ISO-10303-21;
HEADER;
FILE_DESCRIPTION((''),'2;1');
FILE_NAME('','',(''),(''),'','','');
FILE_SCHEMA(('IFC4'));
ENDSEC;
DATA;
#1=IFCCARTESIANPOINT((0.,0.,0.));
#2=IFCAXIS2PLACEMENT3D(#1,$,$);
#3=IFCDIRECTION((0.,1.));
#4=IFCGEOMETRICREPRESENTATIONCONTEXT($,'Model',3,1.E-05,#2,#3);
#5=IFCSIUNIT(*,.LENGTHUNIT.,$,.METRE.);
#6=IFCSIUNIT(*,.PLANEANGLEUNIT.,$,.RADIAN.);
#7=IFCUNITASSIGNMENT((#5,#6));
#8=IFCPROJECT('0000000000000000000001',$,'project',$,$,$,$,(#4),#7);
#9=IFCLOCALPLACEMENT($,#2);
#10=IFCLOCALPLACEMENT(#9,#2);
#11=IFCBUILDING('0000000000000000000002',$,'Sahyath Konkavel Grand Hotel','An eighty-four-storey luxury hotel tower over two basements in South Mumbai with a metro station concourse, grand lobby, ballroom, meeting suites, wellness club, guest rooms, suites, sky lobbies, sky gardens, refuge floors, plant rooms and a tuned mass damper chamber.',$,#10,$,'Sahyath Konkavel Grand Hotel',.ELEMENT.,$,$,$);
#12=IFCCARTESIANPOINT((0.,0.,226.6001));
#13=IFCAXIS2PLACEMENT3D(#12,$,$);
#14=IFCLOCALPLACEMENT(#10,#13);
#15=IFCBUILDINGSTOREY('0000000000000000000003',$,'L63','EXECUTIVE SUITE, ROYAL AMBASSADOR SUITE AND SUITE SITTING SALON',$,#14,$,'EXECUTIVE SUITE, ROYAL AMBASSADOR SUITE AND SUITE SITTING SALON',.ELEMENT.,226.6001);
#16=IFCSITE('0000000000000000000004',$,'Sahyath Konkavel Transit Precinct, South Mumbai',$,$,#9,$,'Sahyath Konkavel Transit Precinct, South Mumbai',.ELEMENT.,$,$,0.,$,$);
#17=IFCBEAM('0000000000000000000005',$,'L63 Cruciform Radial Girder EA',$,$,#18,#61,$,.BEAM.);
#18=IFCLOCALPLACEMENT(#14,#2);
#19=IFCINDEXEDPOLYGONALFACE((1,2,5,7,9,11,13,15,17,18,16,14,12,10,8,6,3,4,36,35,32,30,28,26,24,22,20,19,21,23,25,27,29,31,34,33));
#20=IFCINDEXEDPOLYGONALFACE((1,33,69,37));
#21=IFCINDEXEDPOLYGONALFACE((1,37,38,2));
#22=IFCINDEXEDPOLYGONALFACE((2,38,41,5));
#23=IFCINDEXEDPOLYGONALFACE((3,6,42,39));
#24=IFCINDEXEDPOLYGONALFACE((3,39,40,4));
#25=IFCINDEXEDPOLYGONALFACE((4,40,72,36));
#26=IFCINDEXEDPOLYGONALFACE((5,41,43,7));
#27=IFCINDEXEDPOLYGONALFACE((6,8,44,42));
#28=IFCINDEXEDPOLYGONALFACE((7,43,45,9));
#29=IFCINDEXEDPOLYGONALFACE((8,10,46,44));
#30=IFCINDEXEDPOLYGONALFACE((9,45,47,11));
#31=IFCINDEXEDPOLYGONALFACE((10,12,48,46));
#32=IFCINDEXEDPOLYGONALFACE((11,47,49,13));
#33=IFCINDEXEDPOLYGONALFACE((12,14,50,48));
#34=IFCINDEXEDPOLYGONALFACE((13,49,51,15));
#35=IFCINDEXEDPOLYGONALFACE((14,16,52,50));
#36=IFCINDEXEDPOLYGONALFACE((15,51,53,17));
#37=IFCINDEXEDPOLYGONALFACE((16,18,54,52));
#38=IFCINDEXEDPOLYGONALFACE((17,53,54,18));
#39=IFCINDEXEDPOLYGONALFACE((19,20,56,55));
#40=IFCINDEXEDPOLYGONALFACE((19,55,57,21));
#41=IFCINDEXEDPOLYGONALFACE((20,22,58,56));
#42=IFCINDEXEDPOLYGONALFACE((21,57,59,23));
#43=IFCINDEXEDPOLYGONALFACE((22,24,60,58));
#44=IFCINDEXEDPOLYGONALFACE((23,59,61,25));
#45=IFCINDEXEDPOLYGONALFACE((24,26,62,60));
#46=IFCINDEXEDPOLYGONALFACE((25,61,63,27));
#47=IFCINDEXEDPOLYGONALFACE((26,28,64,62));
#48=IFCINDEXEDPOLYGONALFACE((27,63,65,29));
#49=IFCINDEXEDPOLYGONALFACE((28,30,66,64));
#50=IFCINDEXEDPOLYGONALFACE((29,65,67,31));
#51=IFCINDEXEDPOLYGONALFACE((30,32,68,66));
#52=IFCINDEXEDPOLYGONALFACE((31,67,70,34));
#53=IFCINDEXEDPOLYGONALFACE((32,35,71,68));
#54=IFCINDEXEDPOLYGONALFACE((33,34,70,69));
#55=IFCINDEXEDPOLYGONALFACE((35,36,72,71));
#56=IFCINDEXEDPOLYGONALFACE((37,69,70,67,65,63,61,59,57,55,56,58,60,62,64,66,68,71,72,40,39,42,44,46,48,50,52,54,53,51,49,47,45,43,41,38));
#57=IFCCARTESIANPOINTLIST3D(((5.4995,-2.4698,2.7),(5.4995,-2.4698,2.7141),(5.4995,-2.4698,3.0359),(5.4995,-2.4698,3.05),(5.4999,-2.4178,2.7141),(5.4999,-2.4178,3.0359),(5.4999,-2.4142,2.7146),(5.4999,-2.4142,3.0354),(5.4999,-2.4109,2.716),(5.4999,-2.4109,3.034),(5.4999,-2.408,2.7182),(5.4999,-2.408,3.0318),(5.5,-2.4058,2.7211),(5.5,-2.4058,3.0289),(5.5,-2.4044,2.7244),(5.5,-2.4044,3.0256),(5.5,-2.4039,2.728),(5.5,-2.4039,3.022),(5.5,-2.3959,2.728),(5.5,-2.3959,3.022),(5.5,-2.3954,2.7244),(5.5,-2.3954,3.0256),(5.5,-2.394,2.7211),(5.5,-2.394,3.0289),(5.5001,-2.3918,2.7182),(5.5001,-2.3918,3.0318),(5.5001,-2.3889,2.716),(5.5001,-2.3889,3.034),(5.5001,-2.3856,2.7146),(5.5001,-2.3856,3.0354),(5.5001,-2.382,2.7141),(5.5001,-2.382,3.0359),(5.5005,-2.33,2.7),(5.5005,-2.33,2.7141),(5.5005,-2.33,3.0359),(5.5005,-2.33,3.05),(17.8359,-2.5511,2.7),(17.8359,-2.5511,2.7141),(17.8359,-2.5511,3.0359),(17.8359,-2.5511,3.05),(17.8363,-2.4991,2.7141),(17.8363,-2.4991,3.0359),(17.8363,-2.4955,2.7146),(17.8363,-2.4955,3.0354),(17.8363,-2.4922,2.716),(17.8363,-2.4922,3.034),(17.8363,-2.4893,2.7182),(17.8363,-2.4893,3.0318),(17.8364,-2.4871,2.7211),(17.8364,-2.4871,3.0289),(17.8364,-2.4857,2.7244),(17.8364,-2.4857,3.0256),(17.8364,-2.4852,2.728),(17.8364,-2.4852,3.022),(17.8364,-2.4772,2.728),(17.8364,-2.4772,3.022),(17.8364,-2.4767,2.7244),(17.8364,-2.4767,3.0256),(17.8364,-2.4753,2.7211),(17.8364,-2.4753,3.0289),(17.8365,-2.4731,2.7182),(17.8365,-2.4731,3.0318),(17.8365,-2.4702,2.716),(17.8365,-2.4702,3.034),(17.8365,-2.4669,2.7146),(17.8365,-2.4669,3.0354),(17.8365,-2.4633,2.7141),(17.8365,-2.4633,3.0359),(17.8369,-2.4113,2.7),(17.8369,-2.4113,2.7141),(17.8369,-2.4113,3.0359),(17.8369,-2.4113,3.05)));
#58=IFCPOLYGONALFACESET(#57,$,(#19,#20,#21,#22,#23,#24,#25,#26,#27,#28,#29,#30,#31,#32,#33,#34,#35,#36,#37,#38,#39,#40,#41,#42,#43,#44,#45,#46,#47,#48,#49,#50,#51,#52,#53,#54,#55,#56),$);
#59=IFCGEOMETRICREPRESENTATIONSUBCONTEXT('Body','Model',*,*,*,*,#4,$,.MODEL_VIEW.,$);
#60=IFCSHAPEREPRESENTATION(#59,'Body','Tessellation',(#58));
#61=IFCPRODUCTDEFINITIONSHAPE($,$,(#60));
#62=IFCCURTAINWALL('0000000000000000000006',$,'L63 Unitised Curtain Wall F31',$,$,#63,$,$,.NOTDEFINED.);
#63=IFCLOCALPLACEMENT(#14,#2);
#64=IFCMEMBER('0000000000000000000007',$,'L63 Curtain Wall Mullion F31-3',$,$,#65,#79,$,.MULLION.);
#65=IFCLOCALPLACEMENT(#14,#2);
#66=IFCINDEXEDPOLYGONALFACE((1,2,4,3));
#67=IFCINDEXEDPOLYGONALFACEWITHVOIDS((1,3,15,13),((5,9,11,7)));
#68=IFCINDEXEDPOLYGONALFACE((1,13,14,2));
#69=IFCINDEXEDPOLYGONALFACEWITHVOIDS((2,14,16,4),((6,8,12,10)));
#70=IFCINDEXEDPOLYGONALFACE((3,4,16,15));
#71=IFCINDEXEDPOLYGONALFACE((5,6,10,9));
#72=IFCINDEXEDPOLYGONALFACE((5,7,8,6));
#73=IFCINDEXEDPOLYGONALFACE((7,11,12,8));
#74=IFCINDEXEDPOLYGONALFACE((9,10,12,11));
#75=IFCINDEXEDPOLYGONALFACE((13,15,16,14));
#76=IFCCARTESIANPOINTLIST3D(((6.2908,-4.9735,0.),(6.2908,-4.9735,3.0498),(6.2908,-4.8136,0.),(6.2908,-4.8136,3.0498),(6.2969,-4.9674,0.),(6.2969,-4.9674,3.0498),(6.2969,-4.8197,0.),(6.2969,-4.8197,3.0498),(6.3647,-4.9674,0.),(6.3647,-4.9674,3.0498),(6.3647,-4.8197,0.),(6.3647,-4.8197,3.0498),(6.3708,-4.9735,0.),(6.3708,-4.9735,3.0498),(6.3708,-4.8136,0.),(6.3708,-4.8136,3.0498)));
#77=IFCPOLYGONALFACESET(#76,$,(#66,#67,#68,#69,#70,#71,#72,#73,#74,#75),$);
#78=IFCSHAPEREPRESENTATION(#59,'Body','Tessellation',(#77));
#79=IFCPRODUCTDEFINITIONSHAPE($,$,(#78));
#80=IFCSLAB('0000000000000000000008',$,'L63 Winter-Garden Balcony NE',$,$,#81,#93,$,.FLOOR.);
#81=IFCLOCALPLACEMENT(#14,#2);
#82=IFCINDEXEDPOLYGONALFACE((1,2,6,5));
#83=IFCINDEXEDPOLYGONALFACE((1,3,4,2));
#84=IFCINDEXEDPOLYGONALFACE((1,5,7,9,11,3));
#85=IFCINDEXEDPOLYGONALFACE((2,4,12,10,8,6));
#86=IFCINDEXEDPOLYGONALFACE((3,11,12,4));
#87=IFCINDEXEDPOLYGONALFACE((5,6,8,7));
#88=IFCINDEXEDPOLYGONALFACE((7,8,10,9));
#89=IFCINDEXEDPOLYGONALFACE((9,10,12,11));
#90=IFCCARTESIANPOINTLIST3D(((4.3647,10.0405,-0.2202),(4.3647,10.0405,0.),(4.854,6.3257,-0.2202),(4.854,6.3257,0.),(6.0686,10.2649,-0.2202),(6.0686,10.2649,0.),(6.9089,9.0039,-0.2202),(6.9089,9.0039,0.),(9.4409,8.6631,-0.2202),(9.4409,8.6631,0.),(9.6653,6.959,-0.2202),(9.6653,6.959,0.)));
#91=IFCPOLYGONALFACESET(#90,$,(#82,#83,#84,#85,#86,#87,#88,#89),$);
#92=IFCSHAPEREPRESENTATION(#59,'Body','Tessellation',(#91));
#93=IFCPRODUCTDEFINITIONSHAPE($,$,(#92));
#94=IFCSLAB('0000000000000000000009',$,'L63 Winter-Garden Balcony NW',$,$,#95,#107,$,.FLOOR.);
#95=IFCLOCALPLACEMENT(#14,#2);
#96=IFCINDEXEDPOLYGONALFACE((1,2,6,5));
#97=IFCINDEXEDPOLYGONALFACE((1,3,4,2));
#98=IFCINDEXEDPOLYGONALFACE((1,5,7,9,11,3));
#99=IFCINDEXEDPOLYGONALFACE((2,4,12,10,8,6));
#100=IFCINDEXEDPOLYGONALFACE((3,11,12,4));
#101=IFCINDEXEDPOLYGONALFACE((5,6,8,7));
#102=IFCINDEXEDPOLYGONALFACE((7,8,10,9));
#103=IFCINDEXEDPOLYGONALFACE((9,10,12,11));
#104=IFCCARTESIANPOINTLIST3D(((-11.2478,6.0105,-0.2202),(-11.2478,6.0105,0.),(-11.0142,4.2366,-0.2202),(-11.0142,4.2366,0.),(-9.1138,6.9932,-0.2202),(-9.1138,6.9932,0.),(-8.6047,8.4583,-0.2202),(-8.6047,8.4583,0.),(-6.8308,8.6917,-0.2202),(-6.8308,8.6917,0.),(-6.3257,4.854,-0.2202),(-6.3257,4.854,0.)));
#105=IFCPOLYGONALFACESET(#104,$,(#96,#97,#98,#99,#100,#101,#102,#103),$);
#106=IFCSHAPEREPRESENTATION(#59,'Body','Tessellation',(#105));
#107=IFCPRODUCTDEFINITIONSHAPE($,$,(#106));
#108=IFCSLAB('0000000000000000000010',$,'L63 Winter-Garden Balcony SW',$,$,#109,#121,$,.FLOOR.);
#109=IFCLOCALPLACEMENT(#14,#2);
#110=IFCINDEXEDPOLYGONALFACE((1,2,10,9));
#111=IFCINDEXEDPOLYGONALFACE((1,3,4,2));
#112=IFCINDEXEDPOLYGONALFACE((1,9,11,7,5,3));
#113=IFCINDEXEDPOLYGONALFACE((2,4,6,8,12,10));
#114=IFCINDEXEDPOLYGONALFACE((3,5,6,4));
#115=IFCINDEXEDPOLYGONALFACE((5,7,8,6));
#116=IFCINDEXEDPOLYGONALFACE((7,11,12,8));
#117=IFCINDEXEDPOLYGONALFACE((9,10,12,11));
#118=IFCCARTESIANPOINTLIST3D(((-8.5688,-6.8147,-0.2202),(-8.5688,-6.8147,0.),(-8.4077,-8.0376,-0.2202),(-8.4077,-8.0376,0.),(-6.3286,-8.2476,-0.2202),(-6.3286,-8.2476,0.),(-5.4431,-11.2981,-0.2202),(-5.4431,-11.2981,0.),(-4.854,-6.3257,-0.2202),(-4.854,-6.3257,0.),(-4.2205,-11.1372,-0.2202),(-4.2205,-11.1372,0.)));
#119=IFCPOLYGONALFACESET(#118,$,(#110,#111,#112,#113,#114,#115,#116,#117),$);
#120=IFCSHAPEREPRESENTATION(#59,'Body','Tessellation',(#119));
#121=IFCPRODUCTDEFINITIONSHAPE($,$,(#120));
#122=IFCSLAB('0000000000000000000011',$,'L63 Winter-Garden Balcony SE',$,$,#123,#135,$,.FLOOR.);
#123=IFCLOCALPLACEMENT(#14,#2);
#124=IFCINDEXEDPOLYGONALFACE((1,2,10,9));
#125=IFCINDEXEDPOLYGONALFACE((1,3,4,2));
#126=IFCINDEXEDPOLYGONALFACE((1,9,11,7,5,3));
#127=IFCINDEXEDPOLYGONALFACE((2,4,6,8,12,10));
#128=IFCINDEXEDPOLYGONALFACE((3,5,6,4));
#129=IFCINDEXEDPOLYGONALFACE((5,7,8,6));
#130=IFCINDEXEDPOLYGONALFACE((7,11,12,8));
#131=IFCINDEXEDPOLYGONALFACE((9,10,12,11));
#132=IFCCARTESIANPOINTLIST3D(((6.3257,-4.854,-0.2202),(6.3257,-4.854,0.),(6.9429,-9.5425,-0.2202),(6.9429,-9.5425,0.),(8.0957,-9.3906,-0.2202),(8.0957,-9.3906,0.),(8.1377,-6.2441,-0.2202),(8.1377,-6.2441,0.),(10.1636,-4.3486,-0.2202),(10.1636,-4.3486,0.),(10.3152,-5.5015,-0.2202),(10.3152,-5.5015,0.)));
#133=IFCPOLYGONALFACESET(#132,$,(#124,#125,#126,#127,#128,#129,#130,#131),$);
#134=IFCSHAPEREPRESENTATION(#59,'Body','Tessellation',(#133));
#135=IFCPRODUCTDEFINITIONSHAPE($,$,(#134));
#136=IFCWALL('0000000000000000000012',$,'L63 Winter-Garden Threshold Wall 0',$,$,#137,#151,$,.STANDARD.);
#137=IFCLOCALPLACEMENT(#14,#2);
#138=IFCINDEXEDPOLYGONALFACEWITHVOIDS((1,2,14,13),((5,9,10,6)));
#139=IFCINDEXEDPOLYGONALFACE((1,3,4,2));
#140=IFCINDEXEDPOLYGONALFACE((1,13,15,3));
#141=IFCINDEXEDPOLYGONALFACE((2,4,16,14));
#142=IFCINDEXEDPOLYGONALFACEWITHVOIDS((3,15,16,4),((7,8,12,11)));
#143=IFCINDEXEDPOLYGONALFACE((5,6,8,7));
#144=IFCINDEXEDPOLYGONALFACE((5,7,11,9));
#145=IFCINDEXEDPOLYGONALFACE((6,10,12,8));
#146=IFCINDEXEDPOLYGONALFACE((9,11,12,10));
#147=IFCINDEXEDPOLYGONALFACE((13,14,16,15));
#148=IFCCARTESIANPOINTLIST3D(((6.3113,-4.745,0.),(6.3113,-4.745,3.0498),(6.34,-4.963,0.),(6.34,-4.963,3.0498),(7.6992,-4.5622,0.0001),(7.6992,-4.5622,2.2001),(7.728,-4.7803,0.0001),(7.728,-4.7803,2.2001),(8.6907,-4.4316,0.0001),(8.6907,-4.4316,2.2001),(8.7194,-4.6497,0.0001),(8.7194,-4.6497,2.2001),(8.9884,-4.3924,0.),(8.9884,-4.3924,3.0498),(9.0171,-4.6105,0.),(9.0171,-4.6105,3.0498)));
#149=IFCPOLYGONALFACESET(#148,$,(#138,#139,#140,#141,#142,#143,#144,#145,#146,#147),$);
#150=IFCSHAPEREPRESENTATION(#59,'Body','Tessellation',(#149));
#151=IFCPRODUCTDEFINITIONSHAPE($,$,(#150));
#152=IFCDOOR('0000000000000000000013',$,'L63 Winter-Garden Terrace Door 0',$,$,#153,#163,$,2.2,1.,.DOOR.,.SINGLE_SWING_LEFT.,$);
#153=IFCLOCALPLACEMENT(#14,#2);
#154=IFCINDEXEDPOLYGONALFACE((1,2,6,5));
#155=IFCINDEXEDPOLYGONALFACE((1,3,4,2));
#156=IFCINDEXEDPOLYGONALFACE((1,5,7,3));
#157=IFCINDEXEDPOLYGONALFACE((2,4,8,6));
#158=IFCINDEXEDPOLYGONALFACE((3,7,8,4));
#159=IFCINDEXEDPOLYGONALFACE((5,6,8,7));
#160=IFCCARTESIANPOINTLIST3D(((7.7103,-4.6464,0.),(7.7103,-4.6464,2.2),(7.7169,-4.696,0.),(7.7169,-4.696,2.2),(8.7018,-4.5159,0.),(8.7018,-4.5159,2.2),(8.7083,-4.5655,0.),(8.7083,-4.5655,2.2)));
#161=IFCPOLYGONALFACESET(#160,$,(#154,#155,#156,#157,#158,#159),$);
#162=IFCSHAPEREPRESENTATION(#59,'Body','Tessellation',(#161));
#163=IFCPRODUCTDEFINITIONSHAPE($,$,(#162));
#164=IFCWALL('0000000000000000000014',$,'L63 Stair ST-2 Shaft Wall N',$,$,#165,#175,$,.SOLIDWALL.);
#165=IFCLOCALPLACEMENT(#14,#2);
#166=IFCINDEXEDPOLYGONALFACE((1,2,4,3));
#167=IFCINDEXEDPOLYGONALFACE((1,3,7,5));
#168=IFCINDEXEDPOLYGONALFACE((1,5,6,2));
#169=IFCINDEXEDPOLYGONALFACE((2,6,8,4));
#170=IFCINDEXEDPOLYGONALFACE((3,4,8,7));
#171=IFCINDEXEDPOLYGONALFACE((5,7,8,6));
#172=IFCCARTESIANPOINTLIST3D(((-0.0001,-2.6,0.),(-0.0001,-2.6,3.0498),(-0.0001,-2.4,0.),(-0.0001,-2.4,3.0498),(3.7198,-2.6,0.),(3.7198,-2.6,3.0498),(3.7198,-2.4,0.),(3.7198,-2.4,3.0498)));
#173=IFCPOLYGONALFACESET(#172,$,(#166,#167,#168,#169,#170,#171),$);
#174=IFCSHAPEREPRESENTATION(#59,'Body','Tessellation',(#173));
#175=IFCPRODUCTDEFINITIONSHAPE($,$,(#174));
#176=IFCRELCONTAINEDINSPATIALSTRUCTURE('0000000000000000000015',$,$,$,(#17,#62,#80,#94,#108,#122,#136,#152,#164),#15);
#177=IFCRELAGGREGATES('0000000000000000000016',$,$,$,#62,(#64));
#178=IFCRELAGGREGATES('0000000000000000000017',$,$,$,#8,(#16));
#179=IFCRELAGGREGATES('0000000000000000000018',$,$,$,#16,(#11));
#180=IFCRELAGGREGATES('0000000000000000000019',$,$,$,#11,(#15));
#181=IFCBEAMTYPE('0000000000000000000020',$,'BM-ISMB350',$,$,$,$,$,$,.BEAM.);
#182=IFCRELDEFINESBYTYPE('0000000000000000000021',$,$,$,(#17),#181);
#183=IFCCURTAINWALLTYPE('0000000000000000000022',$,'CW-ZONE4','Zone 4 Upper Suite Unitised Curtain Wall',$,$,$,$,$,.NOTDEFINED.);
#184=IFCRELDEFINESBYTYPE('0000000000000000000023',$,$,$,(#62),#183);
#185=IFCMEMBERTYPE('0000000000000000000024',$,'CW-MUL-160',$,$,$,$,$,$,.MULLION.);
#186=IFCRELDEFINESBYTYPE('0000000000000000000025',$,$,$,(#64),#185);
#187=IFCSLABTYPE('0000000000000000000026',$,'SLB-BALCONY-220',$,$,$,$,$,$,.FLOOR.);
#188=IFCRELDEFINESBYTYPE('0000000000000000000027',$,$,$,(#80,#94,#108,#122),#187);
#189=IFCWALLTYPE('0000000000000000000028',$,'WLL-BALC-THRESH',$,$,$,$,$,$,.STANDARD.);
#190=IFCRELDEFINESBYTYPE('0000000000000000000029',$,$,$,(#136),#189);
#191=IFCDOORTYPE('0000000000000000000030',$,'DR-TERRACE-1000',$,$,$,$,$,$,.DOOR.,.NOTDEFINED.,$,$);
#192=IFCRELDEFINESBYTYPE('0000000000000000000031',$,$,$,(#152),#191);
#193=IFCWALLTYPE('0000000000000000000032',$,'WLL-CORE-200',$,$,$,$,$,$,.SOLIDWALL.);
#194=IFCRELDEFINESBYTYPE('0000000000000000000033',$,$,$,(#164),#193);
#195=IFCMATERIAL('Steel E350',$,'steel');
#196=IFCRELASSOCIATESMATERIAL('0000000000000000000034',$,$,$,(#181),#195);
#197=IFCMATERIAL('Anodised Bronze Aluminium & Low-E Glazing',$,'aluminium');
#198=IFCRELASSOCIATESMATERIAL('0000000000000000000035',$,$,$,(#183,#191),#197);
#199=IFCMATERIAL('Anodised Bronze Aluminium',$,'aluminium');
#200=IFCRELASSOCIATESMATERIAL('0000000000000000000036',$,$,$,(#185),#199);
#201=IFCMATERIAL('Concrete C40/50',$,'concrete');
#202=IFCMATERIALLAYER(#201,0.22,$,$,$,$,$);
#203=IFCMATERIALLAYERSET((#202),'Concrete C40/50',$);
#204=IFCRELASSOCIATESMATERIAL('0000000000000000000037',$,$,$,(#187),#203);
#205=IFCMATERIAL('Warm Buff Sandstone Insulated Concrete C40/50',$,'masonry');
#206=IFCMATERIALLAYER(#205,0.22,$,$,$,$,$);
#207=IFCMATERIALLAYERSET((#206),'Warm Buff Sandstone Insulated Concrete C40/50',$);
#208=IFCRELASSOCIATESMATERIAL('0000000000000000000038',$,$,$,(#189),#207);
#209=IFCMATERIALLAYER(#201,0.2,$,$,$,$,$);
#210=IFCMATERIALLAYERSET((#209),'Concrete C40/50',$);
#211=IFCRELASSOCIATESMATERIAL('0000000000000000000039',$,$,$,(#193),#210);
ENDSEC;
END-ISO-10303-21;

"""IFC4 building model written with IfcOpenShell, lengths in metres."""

from ifc_helpers import new_model, si_unit, direction, frame, frame_2d, origin, origin_2d, place, context, subcontext, project, spatial, polyline, rectangle, hollow_rectangle, i_section, outline, extrude, source, transform, mapped, material, layer, layer_set, material_profile, profile_set, type_object, element, fill, aggregate, save


model = new_model("IFC4")

# Units and contexts
model_context = context("Model", 3, precision=1e-05, world=origin(), true_north=direction((0.0, 1.0)))
body_context = subcontext(model_context, "Body", "Model", "MODEL_VIEW")
ifc_project = project(units=[si_unit("LENGTHUNIT", "METRE"), si_unit("PLANEANGLEUNIT", "RADIAN")], contexts=[model_context])

# Site, building, storey
site_placement = place(None, origin())
site = spatial("IfcSite", under=ifc_project, at=site_placement, Name="Sahyath Konkavel Transit Precinct, South Mumbai", LongName="Sahyath Konkavel Transit Precinct, South Mumbai", CompositionType="ELEMENT", RefElevation=0.0)
building_placement = place(site_placement, origin())
building = spatial("IfcBuilding", under=site, at=building_placement, Name="Sahyath Konkavel Grand Hotel", Description="An eighty-four-storey luxury hotel tower over two basements in South Mumbai with a metro station concourse, grand lobby, ballroom, meeting suites, wellness club, guest rooms, suites, sky lobbies, sky gardens, refuge floors, plant rooms and a tuned mass damper chamber.", LongName="Sahyath Konkavel Grand Hotel", CompositionType="ELEMENT")
storey_placement = place(building_placement, frame((0.0, 0.0, 226.6001)))
storey = spatial("IfcBuildingStorey", under=building, at=storey_placement, Name="L63", Description="EXECUTIVE SUITE, ROYAL AMBASSADOR SUITE AND SUITE SITTING SALON", LongName="EXECUTIVE SUITE, ROYAL AMBASSADOR SUITE AND SUITE SITTING SALON", CompositionType="ELEMENT", Elevation=226.6001)

# Shared definitions
ifc_material_1 = material(Name="Concrete C40/50", Category="concrete")

# Beam
ifc_material_2 = material(Name="Steel E350", Category="steel")
ifc_material_profile_1 = material_profile(ifc_material_2, i_section(OverallWidth=0.1399, OverallDepth=0.3501, WebThickness=0.0081, FlangeThickness=0.0142, FilletRadius=0.0139, at=origin_2d()), Name="ISMB 350")
ifc_profile_set_1 = profile_set([ifc_material_profile_1], Name="Steel E350")
beam_type_1 = type_object("IfcBeamType", Name="BM-ISMB350", PredefinedType="BEAM", material=ifc_profile_set_1)
shared_shape_1 = source(origin(), body_context, "Body", "SweptSolid", [
    extrude(i_section(OverallWidth=0.1399, OverallDepth=0.3501, WebThickness=0.0081, FlangeThickness=0.0142, FilletRadius=0.0139, at=origin_2d()), origin(), (0.0, 0.0, 1.0), 12.3367),
])
beam_1_placement = place(storey_placement, frame((5.5, -2.3999, 2.875), z_axis=(0.999978, -0.00659, 0.0), x_axis=(0.00659, 0.999978, 0.0)))
element("IfcBeam", 1, at=beam_1_placement, inside=storey, type_object=beam_type_1, Name="L63 Cruciform Radial Girder EA", PredefinedType="BEAM", context=body_context, shape_type="MappedRepresentation", body=[
    mapped(shared_shape_1, transform((0.0, 0.0, 0.0), scale=1.0)),
])

# Curtain wall, member
ifc_material_3 = material(Name="Anodised Bronze Aluminium & Low-E Glazing", Category="aluminium")
curtain_wall_type = type_object("IfcCurtainWallType", Name="CW-ZONE4", Description="Zone 4 Upper Suite Unitised Curtain Wall", PredefinedType="NOTDEFINED", material=ifc_material_3)
curtain_wall_placement = place(storey_placement, origin())
curtain_wall = element("IfcCurtainWall", 2, at=curtain_wall_placement, inside=storey, type_object=curtain_wall_type, Name="L63 Unitised Curtain Wall F31", PredefinedType="NOTDEFINED")
ifc_material_4 = material(Name="Anodised Bronze Aluminium", Category="aluminium")
ifc_material_profile_2 = material_profile(ifc_material_4, hollow_rectangle(XDim=0.0801, YDim=0.1599, WallThickness=0.0061, at=origin_2d()), Name="RHS 160x80x6")
ifc_profile_set_2 = profile_set([ifc_material_profile_2], Name="Anodised Bronze Aluminium")
member_type = type_object("IfcMemberType", Name="CW-MUL-160", PredefinedType="MULLION", material=ifc_profile_set_2)
shared_shape_2 = source(origin(), body_context, "Body", "SweptSolid", [
    extrude(hollow_rectangle(XDim=0.0801, YDim=0.1599, WallThickness=0.0061, at=origin_2d()), origin(), (0.0, 0.0, 1.0), 3.0498),
])
member_placement = place(storey_placement, frame((6.3308, -4.8936, 0.0), z_axis=(0.0, 0.0, 1.0), x_axis=(1.0, 0.0, 0.0)))
member = element("IfcMember", 3, at=member_placement, type_object=member_type, Name="L63 Curtain Wall Mullion F31-3", PredefinedType="MULLION", context=body_context, shape_type="MappedRepresentation", body=[
    mapped(shared_shape_2, transform((0.0, 0.0, 0.0), scale=1.0)),
])
aggregate(curtain_wall, [member])

# Slabs
ifc_layer_1 = layer(ifc_material_1, 0.22)
ifc_layer_set_1 = layer_set([ifc_layer_1], Name="Concrete C40/50")
slab_type = type_object("IfcSlabType", Name="SLB-BALCONY-220", PredefinedType="FLOOR", material=ifc_layer_set_1)
slab_1_placement = place(storey_placement, frame((0.0, 0.0, -0.2202)))
element("IfcSlab", 4, at=slab_1_placement, inside=storey, type_object=slab_type, Name="L63 Winter-Garden Balcony NE", PredefinedType="FLOOR", context=body_context, shape_type="SweptSolid", body=[
    extrude(outline(polyline([(4.854, 6.3257), (9.6653, 6.959), (9.4409, 8.6631), (6.9089, 9.0039), (6.0686, 10.2649), (4.3647, 10.0405), (4.854, 6.3257)])), origin(), (0.0, 0.0, 1.0), 0.2202),
])
slab_2_placement = place(storey_placement, frame((0.0, 0.0, -0.2202)))
element("IfcSlab", 5, at=slab_2_placement, inside=storey, type_object=slab_type, Name="L63 Winter-Garden Balcony NW", PredefinedType="FLOOR", context=body_context, shape_type="SweptSolid", body=[
    extrude(outline(polyline([(-6.3257, 4.854), (-6.8308, 8.6917), (-8.6047, 8.4583), (-9.1138, 6.9932), (-11.2478, 6.0105), (-11.0142, 4.2366), (-6.3257, 4.854)])), origin(), (0.0, 0.0, 1.0), 0.2202),
])
slab_3_placement = place(storey_placement, frame((0.0, 0.0, -0.2202)))
element("IfcSlab", 6, at=slab_3_placement, inside=storey, type_object=slab_type, Name="L63 Winter-Garden Balcony SW", PredefinedType="FLOOR", context=body_context, shape_type="SweptSolid", body=[
    extrude(outline(polyline([(-4.854, -6.3257), (-8.5688, -6.8147), (-8.4077, -8.0376), (-6.3286, -8.2476), (-5.4431, -11.2981), (-4.2205, -11.1372), (-4.854, -6.3257)])), origin(), (0.0, 0.0, 1.0), 0.2202),
])
slab_4_placement = place(storey_placement, frame((0.0, 0.0, -0.2202)))
element("IfcSlab", 7, at=slab_4_placement, inside=storey, type_object=slab_type, Name="L63 Winter-Garden Balcony SE", PredefinedType="FLOOR", context=body_context, shape_type="SweptSolid", body=[
    extrude(outline(polyline([(6.3257, -4.854), (6.9429, -9.5425), (8.0957, -9.3906), (8.1377, -6.2441), (10.3152, -5.5015), (10.1636, -4.3486), (6.3257, -4.854)])), origin(), (0.0, 0.0, 1.0), 0.2202),
])

# Wall, opening, door
ifc_material_5 = material(Name="Warm Buff Sandstone Insulated Concrete C40/50", Category="masonry")
ifc_layer_2 = layer(ifc_material_5, 0.22)
ifc_layer_set_2 = layer_set([ifc_layer_2], Name="Warm Buff Sandstone Insulated Concrete C40/50")
wall_type_1 = type_object("IfcWallType", Name="WLL-BALC-THRESH", PredefinedType="STANDARD", material=ifc_layer_set_2)
wall_1_placement = place(storey_placement, frame((6.3257, -4.854, 0.0), z_axis=(0.0, 0.0, 1.0), x_axis=(0.99144, 0.130564, 0.0)))
wall_1 = element("IfcWall", 8, at=wall_1_placement, inside=storey, type_object=wall_type_1, Name="L63 Winter-Garden Threshold Wall 0", PredefinedType="STANDARD", context=body_context, shape_type="SweptSolid", body=[
    extrude(rectangle(XDim=2.7002, YDim=0.22, at=frame_2d((1.3501, 0.0))), origin(), (0.0, 0.0, 1.0), 3.0498),
])
opening_1_placement = place(wall_1_placement, frame((1.3999, 0.0, 0.0)))
opening_1 = element("IfcOpeningElement", 9, at=opening_1_placement, cuts=wall_1, PredefinedType="OPENING", context=body_context, shape_type="SweptSolid", body=[
    extrude(rectangle(XDim=1.0, YDim=2.2, at=frame_2d((0.5, 1.1001))), frame((0.0, 0.1201, 0.0), z_axis=(0.0, -1.0, 0.0), x_axis=(1.0, 0.0, 0.0)), (0.0, 0.0, 1.0), 0.24),
])
door_type_1 = type_object("IfcDoorType", Name="DR-TERRACE-1000", OperationType="NOTDEFINED", PredefinedType="DOOR", material=ifc_material_3)
shared_shape_3 = source(origin(), body_context, "Body", "SweptSolid", [
    extrude(rectangle(XDim=1.0, YDim=0.05, at=origin_2d()), origin(), (0.0, 0.0, 1.0), 2.2),
])
door_1_placement = place(opening_1_placement, frame((0.5, 0.0, 0.0)))
door_1 = element("IfcDoor", 10, at=door_1_placement, inside=storey, type_object=door_type_1, Name="L63 Winter-Garden Terrace Door 0", OperationType="SINGLE_SWING_LEFT", OverallHeight=2.2, OverallWidth=1.0, PredefinedType="DOOR", context=body_context, shape_type="MappedRepresentation", body=[
    mapped(shared_shape_3, transform((0.0, 0.0, 0.0), scale=1.0)),
])
fill(opening_1, door_1)

# Wall
ifc_layer_3 = layer(ifc_material_1, 0.2)
ifc_layer_set_3 = layer_set([ifc_layer_3], Name="Concrete C40/50")
wall_type_2 = type_object("IfcWallType", Name="WLL-CORE-200", PredefinedType="SOLIDWALL", material=ifc_layer_set_3)
wall_2_placement = place(storey_placement, frame((0.0, -2.5, 0.0), z_axis=(0.0, 0.0, 1.0), x_axis=(1.0, 0.0, 0.0)))
element("IfcWall", 11, at=wall_2_placement, inside=storey, type_object=wall_type_2, Name="L63 Stair ST-2 Shaft Wall N", PredefinedType="SOLIDWALL", context=body_context, shape_type="SweptSolid", body=[
    extrude(rectangle(XDim=3.72, YDim=0.2, at=frame_2d((1.8599, 0.0))), origin(), (0.0, 0.0, 1.0), 3.0498),
])

save(model, "model.ifc")
